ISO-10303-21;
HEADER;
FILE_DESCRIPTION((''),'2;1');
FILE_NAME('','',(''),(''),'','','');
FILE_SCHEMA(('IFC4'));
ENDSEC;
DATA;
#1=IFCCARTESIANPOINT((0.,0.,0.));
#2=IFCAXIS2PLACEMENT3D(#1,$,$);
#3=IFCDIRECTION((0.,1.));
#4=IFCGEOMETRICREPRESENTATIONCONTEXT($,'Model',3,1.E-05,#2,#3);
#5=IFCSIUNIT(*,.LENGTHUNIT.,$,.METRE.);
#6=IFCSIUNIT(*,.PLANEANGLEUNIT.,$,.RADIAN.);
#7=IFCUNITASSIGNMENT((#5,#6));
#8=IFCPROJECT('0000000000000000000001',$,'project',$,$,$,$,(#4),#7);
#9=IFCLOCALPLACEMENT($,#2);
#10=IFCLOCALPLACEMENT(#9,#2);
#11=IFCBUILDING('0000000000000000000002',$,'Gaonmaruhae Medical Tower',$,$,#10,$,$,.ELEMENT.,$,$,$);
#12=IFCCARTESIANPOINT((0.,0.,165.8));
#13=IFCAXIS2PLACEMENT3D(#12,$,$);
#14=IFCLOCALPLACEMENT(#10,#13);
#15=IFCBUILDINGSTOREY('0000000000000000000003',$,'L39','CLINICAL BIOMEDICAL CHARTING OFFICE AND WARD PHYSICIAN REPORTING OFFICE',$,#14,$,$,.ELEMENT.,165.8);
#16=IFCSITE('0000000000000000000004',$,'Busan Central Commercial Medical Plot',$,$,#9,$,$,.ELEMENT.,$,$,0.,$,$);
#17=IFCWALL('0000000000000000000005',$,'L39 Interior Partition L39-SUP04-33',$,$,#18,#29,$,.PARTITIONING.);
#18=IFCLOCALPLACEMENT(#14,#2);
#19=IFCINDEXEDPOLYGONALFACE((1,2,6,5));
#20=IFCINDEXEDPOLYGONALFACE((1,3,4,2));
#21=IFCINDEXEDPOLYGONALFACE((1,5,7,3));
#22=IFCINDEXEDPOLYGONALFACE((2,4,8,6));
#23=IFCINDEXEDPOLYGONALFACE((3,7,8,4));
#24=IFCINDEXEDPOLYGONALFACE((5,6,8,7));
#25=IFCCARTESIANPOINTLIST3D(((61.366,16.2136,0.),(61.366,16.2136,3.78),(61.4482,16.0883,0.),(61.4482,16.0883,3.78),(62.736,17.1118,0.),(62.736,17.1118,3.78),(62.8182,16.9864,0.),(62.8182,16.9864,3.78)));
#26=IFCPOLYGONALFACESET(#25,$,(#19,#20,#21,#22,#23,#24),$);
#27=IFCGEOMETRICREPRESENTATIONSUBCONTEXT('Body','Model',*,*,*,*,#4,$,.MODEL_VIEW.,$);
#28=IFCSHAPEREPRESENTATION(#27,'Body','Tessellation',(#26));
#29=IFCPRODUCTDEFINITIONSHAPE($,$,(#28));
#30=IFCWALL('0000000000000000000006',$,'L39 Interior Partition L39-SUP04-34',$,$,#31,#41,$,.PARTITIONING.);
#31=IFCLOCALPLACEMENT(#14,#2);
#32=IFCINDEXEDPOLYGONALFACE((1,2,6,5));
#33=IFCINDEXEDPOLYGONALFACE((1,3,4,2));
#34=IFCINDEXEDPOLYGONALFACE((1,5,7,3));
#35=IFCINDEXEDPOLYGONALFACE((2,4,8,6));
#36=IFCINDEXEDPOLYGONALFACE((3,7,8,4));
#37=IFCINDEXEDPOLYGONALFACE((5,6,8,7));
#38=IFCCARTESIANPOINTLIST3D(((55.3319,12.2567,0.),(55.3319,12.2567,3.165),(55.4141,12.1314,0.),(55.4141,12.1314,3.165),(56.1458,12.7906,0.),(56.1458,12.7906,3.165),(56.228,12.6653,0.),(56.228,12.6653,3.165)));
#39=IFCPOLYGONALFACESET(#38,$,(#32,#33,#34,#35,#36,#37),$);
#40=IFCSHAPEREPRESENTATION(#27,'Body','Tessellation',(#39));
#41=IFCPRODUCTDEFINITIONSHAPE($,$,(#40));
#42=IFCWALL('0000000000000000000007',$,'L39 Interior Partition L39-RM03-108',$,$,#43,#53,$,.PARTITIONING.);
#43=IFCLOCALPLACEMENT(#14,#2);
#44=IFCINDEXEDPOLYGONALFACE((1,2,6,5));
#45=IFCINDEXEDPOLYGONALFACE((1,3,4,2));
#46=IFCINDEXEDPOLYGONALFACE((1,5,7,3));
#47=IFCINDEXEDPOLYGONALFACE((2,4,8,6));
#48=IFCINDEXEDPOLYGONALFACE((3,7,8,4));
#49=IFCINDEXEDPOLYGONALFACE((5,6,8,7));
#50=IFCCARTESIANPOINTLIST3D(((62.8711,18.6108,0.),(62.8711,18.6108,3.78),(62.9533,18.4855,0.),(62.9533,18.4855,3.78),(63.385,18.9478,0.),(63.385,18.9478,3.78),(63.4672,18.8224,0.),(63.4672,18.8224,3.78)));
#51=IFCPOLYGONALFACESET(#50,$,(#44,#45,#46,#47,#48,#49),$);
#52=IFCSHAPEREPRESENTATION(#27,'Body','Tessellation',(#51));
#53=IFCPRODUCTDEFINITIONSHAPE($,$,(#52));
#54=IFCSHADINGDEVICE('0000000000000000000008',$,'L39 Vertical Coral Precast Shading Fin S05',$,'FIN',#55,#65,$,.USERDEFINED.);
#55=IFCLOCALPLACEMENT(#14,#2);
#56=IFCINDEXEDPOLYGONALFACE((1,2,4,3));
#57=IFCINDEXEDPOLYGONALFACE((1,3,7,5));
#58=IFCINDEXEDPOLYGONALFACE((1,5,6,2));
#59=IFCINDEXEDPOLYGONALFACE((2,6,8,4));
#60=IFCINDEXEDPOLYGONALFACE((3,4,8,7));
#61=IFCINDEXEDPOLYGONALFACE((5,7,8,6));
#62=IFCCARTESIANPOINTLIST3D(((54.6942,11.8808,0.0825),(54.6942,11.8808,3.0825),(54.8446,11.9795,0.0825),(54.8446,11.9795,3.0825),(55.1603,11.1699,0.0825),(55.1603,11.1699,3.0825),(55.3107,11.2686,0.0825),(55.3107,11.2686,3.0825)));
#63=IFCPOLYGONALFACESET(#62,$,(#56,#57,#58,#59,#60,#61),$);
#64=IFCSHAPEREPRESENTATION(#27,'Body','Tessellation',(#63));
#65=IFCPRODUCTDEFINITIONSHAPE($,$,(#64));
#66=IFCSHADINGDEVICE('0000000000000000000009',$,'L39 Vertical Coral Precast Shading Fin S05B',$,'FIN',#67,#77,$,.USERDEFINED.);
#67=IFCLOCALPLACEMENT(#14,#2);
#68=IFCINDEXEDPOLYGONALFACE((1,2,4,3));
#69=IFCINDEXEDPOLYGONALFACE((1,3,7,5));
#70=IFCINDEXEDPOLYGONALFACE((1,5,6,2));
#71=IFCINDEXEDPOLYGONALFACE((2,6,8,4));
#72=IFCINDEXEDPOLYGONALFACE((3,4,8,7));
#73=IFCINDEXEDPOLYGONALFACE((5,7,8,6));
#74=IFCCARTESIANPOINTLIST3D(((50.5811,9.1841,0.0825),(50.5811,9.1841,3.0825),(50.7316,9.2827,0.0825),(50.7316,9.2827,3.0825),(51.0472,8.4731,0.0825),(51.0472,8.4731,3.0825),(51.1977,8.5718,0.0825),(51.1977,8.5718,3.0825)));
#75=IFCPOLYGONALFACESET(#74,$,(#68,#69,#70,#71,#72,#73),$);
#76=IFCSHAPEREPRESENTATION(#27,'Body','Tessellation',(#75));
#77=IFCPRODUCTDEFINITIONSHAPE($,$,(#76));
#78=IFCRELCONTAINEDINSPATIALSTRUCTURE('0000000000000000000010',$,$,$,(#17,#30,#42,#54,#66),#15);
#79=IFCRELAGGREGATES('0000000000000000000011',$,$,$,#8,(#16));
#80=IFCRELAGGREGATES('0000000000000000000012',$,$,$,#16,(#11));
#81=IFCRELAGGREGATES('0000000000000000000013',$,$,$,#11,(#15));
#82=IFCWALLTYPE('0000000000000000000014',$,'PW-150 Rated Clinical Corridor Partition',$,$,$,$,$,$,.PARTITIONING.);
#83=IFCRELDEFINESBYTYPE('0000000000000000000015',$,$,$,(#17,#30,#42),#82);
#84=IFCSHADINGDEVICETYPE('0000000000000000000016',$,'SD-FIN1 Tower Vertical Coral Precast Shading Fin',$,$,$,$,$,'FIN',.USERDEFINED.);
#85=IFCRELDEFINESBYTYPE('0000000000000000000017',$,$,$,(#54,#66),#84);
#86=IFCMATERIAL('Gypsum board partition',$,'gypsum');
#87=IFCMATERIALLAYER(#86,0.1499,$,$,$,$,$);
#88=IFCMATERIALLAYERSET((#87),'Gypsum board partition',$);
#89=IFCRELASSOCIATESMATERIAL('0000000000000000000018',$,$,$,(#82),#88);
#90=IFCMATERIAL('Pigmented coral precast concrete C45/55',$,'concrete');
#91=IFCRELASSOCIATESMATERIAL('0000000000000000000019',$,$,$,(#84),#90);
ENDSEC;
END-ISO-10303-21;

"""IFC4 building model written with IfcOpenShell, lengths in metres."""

from ifc_helpers import new_model, si_unit, direction, frame, frame_2d, origin, origin_2d, place, context, subcontext, project, spatial, rectangle, extrude, material, layer, layer_set, type_object, element, save


model = new_model("IFC4")

# Units and contexts
model_context = context("Model", 3, precision=1e-05, world=origin(), true_north=direction((0.0, 1.0)))
body_context = subcontext(model_context, "Body", "Model", "MODEL_VIEW")
ifc_project = project(units=[si_unit("LENGTHUNIT", "METRE"), si_unit("PLANEANGLEUNIT", "RADIAN")], contexts=[model_context])

# Site, building, storey
site_placement = place(None, origin())
site = spatial("IfcSite", under=ifc_project, at=site_placement, Name="Busan Central Commercial Medical Plot", CompositionType="ELEMENT", RefElevation=0.0)
building_placement = place(site_placement, origin())
building = spatial("IfcBuilding", under=site, at=building_placement, Name="Gaonmaruhae Medical Tower", CompositionType="ELEMENT")
storey_placement = place(building_placement, frame((0.0, 0.0, 165.8)))
storey = spatial("IfcBuildingStorey", under=building, at=storey_placement, Name="L39", Description="CLINICAL BIOMEDICAL CHARTING OFFICE AND WARD PHYSICIAN REPORTING OFFICE", CompositionType="ELEMENT", Elevation=165.8)

# Walls
ifc_material_1 = material(Name="Gypsum board partition", Category="gypsum")
ifc_layer_1 = layer(ifc_material_1, 0.1499)
ifc_layer_set_1 = layer_set([ifc_layer_1], Name="Gypsum board partition")
wall_type_1 = type_object("IfcWallType", Name="PW-150 Rated Clinical Corridor Partition", PredefinedType="PARTITIONING", material=ifc_layer_set_1)
wall_1_placement = place(storey_placement, frame((62.7771, 17.0491, 0.0), z_axis=(0.0, 0.0, 1.0), x_axis=(-0.836313, -0.548253, 0.0)))
element("IfcWall", 1, at=wall_1_placement, inside=storey, type_object=wall_type_1, Name="L39 Interior Partition L39-SUP04-33", PredefinedType="PARTITIONING", context=body_context, shape_type="SweptSolid", body=[
    extrude(rectangle(XDim=1.6382, YDim=0.1499, at=frame_2d((0.8191, 0.0))), origin(), (0.0, 0.0, 1.0), 3.78),
])
wall_2_placement = place(storey_placement, frame((56.187, 12.728, 0.0), z_axis=(0.0, 0.0, 1.0), x_axis=(-0.836156, -0.548492, 0.0)))
element("IfcWall", 2, at=wall_2_placement, inside=storey, type_object=wall_type_1, Name="L39 Interior Partition L39-SUP04-34", PredefinedType="PARTITIONING", context=body_context, shape_type="SweptSolid", body=[
    extrude(rectangle(XDim=0.9734, YDim=0.1499, at=frame_2d((0.4868, 0.0))), origin(), (0.0, 0.0, 1.0), 3.165),
])
wall_3_placement = place(storey_placement, frame((63.426, 18.885, 0.0), z_axis=(0.0, 0.0, 1.0), x_axis=(-0.836304, -0.548266, 0.0)))
element("IfcWall", 3, at=wall_3_placement, inside=storey, type_object=wall_type_1, Name="L39 Interior Partition L39-RM03-108", PredefinedType="PARTITIONING", context=body_context, shape_type="SweptSolid", body=[
    extrude(rectangle(XDim=0.6145, YDim=0.1499, at=frame_2d((0.3071, 0.0))), origin(), (0.0, 0.0, 1.0), 3.78),
])

# Shading devices
ifc_material_2 = material(Name="Pigmented coral precast concrete C45/55", Category="concrete")
shading_device_type = type_object("IfcShadingDeviceType", Name="SD-FIN1 Tower Vertical Coral Precast Shading Fin", ElementType="FIN", PredefinedType="USERDEFINED", material=ifc_material_2)
for number, where, z_axis, x_axis, name in (
    (4, (55.0024, 11.5747, 0.0825), (0.0, 0.0, 1.0), (-0.836286, -0.548293, 0.0), "L39 Vertical Coral Precast Shading Fin S05"),
    (5, (50.8894, 8.8779, 0.0825), (0.0, 0.0, 1.0), (-0.836286, -0.548293, 0.0), "L39 Vertical Coral Precast Shading Fin S05B"),
):
    element("IfcShadingDevice", number, at=place(storey_placement, frame(where, z_axis=z_axis, x_axis=x_axis)), inside=storey, type_object=shading_device_type, Name=name, ObjectType="FIN", PredefinedType="USERDEFINED", context=body_context, shape_type="SweptSolid", body=[
        extrude(rectangle(XDim=0.1799, YDim=0.8501, at=origin_2d()), origin(), (0.0, 0.0, 1.0), 3.0),
    ])

save(model, "model.ifc")
